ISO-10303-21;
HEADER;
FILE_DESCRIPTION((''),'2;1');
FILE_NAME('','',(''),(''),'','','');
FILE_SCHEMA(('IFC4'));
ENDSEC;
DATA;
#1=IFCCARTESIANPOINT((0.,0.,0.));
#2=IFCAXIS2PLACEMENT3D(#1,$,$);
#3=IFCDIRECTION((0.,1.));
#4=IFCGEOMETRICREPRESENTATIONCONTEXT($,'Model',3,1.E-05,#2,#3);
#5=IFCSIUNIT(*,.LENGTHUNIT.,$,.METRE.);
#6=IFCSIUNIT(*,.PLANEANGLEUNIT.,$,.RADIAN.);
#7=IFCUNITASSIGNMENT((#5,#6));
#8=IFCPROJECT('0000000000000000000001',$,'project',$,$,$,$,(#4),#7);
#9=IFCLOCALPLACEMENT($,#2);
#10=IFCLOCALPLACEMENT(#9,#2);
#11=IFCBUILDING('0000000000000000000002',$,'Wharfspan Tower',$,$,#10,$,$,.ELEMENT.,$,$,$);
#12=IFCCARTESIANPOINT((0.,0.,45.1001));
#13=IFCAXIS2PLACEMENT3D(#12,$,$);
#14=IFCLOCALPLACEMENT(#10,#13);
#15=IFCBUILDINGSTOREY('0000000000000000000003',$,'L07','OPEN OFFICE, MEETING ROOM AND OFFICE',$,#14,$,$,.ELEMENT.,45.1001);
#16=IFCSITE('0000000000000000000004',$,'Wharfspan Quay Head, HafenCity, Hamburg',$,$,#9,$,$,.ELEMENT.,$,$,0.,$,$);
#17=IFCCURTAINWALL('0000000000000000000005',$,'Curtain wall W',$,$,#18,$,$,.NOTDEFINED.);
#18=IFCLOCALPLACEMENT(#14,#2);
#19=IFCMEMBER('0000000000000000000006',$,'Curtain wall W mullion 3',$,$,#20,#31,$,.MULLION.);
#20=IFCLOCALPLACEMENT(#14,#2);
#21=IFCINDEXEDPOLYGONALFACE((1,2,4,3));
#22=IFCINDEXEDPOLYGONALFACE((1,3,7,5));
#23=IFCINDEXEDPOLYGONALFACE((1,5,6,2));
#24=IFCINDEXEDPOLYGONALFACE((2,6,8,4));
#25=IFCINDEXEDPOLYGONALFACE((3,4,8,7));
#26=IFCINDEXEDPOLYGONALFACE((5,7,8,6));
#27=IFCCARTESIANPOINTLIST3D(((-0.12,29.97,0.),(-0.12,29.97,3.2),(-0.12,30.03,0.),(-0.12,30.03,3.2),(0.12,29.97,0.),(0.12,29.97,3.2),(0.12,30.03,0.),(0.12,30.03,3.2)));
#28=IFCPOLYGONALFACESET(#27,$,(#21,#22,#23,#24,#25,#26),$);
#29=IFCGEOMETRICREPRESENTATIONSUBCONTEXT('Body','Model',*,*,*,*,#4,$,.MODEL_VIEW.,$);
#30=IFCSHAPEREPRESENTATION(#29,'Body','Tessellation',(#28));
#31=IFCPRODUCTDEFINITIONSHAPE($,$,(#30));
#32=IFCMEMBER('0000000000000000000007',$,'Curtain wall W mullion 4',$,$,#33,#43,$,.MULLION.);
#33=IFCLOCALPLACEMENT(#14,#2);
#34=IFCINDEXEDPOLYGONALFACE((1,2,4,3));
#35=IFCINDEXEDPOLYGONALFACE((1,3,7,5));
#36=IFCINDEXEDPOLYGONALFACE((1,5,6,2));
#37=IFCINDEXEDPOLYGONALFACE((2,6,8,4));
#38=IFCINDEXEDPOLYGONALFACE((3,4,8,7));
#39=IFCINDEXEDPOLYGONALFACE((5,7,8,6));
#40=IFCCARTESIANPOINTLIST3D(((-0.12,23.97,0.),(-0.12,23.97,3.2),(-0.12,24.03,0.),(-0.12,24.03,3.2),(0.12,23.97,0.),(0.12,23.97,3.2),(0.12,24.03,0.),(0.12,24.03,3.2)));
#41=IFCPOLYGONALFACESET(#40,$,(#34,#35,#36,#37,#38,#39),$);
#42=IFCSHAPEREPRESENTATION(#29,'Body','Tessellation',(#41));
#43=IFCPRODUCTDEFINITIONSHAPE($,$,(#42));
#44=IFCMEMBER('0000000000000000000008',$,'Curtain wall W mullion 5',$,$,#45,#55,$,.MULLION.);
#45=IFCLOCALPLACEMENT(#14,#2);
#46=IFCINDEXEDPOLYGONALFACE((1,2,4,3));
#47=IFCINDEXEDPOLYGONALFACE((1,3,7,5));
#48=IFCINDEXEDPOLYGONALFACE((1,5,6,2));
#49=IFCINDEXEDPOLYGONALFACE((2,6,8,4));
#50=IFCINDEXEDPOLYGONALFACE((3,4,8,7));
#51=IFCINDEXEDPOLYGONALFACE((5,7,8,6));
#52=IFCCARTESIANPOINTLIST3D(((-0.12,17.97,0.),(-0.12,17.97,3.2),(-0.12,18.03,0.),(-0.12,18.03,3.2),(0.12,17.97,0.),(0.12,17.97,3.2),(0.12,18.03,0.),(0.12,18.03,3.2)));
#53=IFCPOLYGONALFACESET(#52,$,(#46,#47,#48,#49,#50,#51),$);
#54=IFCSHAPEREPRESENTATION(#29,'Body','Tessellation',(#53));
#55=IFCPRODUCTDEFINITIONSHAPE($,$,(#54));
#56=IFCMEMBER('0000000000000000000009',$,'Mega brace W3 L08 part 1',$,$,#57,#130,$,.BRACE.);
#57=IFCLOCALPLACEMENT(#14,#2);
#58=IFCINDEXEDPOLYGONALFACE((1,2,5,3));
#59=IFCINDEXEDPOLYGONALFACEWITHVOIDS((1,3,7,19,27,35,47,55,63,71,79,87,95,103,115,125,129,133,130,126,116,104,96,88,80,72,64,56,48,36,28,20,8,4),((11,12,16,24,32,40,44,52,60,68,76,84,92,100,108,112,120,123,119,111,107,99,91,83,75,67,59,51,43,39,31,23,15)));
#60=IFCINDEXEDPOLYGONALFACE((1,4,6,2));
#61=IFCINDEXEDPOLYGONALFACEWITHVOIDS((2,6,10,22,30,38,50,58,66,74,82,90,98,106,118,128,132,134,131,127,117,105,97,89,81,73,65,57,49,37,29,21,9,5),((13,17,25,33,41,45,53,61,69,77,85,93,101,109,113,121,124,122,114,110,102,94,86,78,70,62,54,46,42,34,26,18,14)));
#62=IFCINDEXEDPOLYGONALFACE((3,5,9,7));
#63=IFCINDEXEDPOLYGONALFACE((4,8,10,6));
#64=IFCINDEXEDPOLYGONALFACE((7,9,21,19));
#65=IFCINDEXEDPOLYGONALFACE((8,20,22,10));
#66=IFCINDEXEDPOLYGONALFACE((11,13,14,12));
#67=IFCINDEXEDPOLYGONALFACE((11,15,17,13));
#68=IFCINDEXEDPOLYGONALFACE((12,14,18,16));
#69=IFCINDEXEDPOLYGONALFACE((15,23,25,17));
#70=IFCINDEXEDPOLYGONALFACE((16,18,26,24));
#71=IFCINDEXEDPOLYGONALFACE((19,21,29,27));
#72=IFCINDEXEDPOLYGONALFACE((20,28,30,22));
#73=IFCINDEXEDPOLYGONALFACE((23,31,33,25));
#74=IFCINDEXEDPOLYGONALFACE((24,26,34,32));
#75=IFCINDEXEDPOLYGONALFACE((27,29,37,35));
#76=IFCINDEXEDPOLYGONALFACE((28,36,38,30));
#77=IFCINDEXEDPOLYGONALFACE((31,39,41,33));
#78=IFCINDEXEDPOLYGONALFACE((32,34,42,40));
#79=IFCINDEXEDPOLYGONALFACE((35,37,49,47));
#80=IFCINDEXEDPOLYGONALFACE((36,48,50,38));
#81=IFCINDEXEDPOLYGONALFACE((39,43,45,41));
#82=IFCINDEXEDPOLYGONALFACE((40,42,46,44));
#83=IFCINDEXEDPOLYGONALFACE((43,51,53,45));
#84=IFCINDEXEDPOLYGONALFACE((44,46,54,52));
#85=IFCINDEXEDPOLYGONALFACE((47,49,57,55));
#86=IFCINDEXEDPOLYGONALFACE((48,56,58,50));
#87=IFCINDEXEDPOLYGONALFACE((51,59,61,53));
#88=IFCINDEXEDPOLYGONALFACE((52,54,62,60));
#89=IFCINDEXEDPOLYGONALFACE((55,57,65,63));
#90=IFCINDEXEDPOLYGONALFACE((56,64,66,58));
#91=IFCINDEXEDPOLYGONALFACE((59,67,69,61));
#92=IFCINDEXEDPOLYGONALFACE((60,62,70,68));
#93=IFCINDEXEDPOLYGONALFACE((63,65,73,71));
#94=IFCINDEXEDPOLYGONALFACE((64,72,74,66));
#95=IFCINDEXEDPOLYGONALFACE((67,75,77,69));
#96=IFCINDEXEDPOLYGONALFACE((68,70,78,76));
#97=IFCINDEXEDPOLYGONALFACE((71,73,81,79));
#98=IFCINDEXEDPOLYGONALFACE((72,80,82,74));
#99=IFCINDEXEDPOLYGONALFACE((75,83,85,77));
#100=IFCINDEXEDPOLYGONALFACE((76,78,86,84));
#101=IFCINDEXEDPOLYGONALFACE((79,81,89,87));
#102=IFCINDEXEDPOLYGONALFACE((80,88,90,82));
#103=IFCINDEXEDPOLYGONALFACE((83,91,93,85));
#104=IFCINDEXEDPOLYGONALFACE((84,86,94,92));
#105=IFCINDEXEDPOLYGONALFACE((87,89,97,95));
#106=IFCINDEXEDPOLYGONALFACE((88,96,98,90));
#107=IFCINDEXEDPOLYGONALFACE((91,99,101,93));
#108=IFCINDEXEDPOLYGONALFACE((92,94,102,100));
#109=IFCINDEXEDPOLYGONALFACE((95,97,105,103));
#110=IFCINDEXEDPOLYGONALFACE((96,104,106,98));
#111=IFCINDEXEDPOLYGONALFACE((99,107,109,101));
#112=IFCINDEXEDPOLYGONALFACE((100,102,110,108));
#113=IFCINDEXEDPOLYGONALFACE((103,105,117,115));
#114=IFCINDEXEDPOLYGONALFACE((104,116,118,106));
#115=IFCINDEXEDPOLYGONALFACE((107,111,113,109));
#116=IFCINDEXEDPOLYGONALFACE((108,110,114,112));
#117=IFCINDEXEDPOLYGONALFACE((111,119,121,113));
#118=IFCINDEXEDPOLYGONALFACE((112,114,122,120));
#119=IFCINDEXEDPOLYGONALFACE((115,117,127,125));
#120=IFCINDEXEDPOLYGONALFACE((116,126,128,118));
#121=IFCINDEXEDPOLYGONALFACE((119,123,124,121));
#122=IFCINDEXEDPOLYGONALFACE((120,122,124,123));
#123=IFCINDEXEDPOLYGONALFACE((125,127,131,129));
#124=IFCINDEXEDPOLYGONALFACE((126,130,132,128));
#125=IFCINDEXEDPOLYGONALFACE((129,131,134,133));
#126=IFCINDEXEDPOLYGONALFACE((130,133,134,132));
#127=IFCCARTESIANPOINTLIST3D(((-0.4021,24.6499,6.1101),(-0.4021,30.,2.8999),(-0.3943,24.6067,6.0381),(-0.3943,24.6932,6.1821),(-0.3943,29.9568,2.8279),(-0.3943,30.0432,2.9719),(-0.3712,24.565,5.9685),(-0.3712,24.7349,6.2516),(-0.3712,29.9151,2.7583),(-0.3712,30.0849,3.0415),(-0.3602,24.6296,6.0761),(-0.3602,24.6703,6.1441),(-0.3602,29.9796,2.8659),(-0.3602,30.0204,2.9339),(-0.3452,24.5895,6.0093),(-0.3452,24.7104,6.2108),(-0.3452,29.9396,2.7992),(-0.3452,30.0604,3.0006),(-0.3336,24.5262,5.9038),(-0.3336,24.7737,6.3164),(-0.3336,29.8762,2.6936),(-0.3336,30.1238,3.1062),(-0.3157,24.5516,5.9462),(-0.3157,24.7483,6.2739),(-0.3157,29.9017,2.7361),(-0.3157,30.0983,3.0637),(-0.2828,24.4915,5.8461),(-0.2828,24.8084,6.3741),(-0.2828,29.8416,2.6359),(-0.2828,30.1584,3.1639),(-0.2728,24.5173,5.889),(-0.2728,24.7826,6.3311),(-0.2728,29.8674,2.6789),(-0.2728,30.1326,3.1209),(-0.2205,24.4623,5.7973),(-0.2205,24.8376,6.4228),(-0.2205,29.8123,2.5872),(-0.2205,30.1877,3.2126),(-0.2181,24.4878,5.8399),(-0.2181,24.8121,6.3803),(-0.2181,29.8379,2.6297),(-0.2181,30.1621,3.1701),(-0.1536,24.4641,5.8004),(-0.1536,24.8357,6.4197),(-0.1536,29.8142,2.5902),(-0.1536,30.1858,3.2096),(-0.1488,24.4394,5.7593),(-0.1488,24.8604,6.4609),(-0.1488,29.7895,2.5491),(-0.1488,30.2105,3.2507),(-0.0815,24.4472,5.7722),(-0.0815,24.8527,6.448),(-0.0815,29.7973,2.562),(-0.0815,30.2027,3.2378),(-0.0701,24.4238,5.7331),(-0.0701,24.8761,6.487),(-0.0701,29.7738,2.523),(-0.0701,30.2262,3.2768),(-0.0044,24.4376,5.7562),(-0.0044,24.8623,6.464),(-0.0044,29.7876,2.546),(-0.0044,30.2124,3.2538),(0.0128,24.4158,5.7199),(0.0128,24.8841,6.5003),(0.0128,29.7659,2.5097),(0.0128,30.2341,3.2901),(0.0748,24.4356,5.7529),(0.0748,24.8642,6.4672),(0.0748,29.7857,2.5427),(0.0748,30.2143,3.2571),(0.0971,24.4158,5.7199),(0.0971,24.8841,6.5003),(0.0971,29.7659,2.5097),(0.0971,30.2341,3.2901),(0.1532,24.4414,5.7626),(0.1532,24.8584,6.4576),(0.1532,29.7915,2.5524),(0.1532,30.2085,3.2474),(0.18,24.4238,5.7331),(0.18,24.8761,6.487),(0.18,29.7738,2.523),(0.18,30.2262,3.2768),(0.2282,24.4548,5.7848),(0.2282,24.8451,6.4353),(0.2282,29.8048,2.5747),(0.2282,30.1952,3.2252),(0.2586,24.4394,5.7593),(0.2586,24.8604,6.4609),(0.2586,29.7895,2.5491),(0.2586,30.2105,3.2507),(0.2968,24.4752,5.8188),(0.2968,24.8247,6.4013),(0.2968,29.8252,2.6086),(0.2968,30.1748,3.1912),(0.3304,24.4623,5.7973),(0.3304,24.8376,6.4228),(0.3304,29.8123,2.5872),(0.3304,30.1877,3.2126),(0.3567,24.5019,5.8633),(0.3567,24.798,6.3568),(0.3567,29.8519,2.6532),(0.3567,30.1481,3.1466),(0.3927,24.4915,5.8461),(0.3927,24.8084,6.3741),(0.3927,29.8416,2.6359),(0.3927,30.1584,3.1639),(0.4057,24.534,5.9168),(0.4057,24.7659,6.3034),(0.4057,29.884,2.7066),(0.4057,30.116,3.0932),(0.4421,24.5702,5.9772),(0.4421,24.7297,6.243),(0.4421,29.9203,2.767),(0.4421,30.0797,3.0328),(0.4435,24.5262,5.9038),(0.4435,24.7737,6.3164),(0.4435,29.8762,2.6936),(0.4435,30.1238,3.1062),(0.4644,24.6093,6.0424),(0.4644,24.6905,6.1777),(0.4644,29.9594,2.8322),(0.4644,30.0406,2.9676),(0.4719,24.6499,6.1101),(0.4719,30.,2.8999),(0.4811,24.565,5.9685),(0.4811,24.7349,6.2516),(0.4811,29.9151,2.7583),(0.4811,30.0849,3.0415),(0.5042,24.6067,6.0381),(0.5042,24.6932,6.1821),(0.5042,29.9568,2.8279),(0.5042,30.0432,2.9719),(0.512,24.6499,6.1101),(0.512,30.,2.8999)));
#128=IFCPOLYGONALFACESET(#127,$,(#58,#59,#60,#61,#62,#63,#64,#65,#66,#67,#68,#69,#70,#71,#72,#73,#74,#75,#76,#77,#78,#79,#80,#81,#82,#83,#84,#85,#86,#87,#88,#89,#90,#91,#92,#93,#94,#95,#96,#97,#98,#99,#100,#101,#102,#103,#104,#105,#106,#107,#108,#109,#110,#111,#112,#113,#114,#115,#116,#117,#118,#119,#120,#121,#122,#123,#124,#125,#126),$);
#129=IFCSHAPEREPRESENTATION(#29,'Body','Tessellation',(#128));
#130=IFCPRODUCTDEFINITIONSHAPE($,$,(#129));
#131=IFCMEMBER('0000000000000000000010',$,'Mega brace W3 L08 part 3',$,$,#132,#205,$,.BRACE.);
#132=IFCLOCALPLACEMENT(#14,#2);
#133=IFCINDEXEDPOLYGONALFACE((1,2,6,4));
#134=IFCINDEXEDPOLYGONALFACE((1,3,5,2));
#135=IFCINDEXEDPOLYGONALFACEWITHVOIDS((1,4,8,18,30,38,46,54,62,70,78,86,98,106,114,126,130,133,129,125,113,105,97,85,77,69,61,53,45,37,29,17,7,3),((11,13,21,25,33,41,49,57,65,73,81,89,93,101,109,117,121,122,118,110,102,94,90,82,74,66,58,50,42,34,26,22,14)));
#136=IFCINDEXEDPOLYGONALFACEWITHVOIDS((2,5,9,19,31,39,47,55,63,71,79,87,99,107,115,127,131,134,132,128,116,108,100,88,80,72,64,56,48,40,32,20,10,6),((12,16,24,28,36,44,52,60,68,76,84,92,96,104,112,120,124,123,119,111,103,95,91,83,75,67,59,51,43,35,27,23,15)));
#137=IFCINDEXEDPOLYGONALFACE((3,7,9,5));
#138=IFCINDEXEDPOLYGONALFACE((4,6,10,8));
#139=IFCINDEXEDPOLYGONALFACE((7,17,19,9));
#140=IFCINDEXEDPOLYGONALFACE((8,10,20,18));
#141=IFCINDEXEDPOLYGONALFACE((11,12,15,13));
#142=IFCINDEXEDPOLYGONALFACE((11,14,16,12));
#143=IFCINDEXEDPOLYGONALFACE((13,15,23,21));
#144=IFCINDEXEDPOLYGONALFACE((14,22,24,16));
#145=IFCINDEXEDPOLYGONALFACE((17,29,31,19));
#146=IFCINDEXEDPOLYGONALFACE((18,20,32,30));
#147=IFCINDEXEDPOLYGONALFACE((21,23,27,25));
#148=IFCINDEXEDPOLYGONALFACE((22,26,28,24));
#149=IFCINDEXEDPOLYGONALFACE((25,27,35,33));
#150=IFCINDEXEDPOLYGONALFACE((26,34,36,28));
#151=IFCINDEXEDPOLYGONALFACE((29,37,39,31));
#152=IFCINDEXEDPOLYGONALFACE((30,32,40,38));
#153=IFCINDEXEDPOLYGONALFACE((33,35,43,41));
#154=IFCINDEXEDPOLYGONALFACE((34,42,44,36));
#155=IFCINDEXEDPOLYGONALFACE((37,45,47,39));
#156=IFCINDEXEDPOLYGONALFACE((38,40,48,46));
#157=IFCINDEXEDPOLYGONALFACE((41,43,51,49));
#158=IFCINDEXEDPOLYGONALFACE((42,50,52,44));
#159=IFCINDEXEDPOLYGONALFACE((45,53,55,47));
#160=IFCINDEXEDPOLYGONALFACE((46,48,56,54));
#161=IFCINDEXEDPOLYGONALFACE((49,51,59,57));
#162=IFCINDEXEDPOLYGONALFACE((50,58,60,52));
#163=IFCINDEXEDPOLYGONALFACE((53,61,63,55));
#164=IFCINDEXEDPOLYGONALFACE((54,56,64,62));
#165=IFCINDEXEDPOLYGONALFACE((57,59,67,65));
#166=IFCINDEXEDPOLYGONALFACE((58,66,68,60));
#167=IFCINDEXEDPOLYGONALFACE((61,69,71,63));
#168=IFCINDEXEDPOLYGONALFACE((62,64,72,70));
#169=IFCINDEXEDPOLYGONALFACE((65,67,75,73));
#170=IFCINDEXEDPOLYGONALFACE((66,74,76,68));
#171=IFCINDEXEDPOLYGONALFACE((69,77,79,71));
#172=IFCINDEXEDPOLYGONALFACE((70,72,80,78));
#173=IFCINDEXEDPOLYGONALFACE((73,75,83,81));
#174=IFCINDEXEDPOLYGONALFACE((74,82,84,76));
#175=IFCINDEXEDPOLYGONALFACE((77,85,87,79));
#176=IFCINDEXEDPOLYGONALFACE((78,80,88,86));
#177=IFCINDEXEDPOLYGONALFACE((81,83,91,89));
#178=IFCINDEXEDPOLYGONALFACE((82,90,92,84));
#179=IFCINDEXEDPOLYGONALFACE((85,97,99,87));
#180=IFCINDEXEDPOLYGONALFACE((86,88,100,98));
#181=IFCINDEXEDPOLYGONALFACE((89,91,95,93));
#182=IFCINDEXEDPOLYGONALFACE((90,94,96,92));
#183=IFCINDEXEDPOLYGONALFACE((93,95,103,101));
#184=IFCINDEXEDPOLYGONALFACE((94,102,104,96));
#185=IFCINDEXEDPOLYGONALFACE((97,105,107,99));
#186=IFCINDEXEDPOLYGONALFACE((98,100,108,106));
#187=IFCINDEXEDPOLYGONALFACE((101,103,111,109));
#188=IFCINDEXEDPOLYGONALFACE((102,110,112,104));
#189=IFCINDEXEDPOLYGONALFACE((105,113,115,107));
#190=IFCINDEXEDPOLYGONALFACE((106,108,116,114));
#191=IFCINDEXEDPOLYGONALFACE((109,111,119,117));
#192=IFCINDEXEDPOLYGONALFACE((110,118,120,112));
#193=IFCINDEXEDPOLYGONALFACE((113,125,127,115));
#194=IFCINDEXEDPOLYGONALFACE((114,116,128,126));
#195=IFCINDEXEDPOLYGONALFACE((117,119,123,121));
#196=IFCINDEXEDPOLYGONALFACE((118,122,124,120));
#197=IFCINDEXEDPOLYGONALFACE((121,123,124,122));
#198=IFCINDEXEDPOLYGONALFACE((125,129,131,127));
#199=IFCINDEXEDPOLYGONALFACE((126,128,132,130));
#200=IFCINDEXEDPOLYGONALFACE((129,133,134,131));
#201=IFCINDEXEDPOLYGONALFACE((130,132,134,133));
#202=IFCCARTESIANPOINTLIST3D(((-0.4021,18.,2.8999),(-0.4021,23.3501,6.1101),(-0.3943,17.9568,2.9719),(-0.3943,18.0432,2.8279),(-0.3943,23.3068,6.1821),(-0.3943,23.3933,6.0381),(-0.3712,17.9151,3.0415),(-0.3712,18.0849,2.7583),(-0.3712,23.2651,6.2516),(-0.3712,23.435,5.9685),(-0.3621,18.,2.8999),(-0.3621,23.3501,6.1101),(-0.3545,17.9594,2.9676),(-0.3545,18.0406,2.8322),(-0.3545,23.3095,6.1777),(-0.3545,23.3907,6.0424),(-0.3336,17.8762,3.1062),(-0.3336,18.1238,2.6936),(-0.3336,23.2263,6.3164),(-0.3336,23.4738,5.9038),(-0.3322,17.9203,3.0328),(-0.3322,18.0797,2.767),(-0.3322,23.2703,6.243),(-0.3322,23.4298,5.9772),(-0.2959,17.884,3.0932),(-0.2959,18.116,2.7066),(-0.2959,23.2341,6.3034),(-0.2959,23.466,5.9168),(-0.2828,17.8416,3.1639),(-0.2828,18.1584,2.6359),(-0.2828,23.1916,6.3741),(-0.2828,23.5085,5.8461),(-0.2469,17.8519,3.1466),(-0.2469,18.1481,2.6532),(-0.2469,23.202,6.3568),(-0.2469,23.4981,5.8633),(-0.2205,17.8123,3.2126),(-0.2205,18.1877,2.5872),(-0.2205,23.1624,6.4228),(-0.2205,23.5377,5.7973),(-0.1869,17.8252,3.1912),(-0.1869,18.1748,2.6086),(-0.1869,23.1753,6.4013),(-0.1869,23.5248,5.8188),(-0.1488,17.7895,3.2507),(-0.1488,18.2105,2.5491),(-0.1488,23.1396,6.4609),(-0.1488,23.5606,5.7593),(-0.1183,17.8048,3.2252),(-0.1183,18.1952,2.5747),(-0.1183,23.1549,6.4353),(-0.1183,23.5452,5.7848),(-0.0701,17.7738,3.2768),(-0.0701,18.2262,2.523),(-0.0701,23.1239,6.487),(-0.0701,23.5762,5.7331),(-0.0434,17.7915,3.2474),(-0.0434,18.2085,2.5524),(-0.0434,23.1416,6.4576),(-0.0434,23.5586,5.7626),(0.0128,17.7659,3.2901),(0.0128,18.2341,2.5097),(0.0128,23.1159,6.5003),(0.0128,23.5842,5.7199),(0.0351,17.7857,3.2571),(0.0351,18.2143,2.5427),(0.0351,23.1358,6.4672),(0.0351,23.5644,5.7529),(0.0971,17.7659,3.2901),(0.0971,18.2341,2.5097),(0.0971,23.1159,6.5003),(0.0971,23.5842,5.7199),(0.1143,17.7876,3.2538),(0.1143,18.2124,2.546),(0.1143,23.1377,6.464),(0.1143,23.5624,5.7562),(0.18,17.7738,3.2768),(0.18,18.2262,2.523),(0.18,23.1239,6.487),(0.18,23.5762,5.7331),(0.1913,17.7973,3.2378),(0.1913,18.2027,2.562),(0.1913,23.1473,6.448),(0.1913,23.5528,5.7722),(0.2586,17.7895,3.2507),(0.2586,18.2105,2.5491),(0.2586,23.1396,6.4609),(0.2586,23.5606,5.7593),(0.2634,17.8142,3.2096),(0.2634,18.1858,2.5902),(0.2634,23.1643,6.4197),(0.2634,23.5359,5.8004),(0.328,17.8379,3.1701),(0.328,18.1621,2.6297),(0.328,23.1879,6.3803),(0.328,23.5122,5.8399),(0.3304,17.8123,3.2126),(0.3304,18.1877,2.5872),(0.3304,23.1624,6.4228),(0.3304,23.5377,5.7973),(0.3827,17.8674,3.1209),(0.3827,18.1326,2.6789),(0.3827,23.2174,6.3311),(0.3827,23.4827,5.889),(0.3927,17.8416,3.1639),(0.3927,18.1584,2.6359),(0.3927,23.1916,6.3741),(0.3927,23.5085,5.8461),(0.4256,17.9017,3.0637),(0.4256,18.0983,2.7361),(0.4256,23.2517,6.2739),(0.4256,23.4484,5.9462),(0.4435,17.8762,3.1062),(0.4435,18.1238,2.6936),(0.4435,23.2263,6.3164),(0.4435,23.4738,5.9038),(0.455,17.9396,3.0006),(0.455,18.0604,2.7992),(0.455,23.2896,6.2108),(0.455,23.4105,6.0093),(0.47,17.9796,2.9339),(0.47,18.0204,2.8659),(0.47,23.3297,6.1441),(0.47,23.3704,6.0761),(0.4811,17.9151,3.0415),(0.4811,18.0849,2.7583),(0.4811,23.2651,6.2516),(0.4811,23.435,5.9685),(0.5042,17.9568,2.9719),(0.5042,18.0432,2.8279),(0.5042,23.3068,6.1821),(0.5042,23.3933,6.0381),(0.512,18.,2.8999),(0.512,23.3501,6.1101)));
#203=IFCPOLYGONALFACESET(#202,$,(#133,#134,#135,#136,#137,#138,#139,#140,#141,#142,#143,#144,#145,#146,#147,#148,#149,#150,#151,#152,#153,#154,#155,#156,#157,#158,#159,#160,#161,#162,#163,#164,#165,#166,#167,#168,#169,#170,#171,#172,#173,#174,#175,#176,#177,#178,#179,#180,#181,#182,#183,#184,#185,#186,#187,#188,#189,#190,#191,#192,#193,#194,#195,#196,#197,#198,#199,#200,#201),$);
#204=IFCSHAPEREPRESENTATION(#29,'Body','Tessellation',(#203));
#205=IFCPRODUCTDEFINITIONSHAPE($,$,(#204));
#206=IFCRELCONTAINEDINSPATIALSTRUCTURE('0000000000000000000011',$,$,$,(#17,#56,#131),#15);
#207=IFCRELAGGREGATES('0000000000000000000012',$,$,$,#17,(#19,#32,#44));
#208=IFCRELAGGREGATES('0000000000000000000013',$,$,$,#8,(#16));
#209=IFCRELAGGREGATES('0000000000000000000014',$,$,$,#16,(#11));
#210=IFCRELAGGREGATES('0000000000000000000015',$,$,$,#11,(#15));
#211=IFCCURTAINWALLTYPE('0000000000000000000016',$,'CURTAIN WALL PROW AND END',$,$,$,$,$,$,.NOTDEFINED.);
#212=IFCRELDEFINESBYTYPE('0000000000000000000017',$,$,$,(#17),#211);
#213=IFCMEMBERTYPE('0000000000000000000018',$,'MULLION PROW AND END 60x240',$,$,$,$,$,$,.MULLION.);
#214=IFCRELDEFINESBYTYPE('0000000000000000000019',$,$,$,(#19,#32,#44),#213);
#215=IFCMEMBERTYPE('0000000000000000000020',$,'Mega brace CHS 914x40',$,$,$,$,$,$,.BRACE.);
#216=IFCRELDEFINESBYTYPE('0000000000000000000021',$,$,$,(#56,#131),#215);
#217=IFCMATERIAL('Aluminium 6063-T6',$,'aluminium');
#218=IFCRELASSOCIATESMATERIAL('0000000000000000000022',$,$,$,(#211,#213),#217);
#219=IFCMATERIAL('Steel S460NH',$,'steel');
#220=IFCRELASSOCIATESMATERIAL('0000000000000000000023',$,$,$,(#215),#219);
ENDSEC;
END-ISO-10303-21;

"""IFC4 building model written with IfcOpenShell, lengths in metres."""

from ifc_helpers import new_model, si_unit, direction, frame, origin, origin_2d, place, context, subcontext, project, spatial, rectangle, hollow_circle, extrude, material, material_profile, profile_set, type_object, element, aggregate, save


model = new_model("IFC4")

# Units and contexts
model_context = context("Model", 3, precision=1e-05, world=origin(), true_north=direction((0.0, 1.0)))
body_context = subcontext(model_context, "Body", "Model", "MODEL_VIEW")
ifc_project = project(units=[si_unit("LENGTHUNIT", "METRE"), si_unit("PLANEANGLEUNIT", "RADIAN")], contexts=[model_context])

# Site, building, storey
site_placement = place(None, origin())
site = spatial("IfcSite", under=ifc_project, at=site_placement, Name="Wharfspan Quay Head, HafenCity, Hamburg", CompositionType="ELEMENT", RefElevation=0.0)
building_placement = place(site_placement, origin())
building = spatial("IfcBuilding", under=site, at=building_placement, Name="Wharfspan Tower", CompositionType="ELEMENT")
storey_placement = place(building_placement, frame((0.0, 0.0, 45.1001)))
storey = spatial("IfcBuildingStorey", under=building, at=storey_placement, Name="L07", Description="OPEN OFFICE, MEETING ROOM AND OFFICE", CompositionType="ELEMENT", Elevation=45.1001)

# Curtain wall, members
ifc_material_1 = material(Name="Aluminium 6063-T6", Category="aluminium")
curtain_wall_type = type_object("IfcCurtainWallType", Name="CURTAIN WALL PROW AND END", PredefinedType="NOTDEFINED", material=ifc_material_1)
curtain_wall_placement = place(storey_placement, origin())
curtain_wall = element("IfcCurtainWall", 1, at=curtain_wall_placement, inside=storey, type_object=curtain_wall_type, Name="Curtain wall W", PredefinedType="NOTDEFINED")
ifc_material_profile_1 = material_profile(ifc_material_1, rectangle(XDim=0.24, YDim=0.0601, at=origin_2d()))
ifc_profile_set_1 = profile_set([ifc_material_profile_1], Name="Aluminium 6063-T6")
member_type_1 = type_object("IfcMemberType", Name="MULLION PROW AND END 60x240", PredefinedType="MULLION", material=ifc_profile_set_1)
member_1_placement = place(storey_placement, frame((0.0, 30.0, 0.0), z_axis=(0.0, 0.0, 1.0), x_axis=(1.0, 0.0, 0.0)))
member_1 = element("IfcMember", 2, at=member_1_placement, type_object=member_type_1, Name="Curtain wall W mullion 3", PredefinedType="MULLION", context=body_context, shape_type="SweptSolid", body=[
    extrude(rectangle(XDim=0.24, YDim=0.0601, at=origin_2d()), origin(), (0.0, 0.0, 1.0), 3.2),
])
member_2_placement = place(storey_placement, frame((0.0, 24.0, 0.0), z_axis=(0.0, 0.0, 1.0), x_axis=(1.0, 0.0, 0.0)))
member_2 = element("IfcMember", 3, at=member_2_placement, type_object=member_type_1, Name="Curtain wall W mullion 4", PredefinedType="MULLION", context=body_context, shape_type="SweptSolid", body=[
    extrude(rectangle(XDim=0.24, YDim=0.0601, at=origin_2d()), origin(), (0.0, 0.0, 1.0), 3.2),
])
member_3_placement = place(storey_placement, frame((0.0, 18.0, 0.0), z_axis=(0.0, 0.0, 1.0), x_axis=(1.0, 0.0, 0.0)))
member_3 = element("IfcMember", 4, at=member_3_placement, type_object=member_type_1, Name="Curtain wall W mullion 5", PredefinedType="MULLION", context=body_context, shape_type="SweptSolid", body=[
    extrude(rectangle(XDim=0.24, YDim=0.0601, at=origin_2d()), origin(), (0.0, 0.0, 1.0), 3.2),
])

# Members
ifc_material_2 = material(Name="Steel S460NH", Category="steel")
ifc_material_profile_2 = material_profile(ifc_material_2, hollow_circle(Radius=0.457, WallThickness=0.04, at=origin_2d()))
ifc_profile_set_2 = profile_set([ifc_material_profile_2], Name="Steel S460NH")
member_type_2 = type_object("IfcMemberType", Name="Mega brace CHS 914x40", PredefinedType="BRACE", material=ifc_profile_set_2)
for number, where, z_axis, x_axis, name in (
    (5, (0.0549, 30.0, 2.8999), (0.0, -0.857483, 0.514513), (1.0, 0.0, 0.0), "Mega brace W3 L08 part 1"),
    (6, (0.0549, 18.0, 2.8999), (0.0, 0.857483, 0.514513), (-1.0, 0.0, 0.0), "Mega brace W3 L08 part 3"),
):
    element("IfcMember", number, at=place(storey_placement, frame(where, z_axis=z_axis, x_axis=x_axis)), inside=storey, type_object=member_type_2, Name=name, PredefinedType="BRACE", context=body_context, shape_type="SweptSolid", body=[
        extrude(hollow_circle(Radius=0.457, WallThickness=0.04, at=origin_2d()), origin(), (0.0, 0.0, 1.0), 6.2393),
    ])

aggregate(curtain_wall, [member_1, member_2, member_3])

save(model, "model.ifc")
